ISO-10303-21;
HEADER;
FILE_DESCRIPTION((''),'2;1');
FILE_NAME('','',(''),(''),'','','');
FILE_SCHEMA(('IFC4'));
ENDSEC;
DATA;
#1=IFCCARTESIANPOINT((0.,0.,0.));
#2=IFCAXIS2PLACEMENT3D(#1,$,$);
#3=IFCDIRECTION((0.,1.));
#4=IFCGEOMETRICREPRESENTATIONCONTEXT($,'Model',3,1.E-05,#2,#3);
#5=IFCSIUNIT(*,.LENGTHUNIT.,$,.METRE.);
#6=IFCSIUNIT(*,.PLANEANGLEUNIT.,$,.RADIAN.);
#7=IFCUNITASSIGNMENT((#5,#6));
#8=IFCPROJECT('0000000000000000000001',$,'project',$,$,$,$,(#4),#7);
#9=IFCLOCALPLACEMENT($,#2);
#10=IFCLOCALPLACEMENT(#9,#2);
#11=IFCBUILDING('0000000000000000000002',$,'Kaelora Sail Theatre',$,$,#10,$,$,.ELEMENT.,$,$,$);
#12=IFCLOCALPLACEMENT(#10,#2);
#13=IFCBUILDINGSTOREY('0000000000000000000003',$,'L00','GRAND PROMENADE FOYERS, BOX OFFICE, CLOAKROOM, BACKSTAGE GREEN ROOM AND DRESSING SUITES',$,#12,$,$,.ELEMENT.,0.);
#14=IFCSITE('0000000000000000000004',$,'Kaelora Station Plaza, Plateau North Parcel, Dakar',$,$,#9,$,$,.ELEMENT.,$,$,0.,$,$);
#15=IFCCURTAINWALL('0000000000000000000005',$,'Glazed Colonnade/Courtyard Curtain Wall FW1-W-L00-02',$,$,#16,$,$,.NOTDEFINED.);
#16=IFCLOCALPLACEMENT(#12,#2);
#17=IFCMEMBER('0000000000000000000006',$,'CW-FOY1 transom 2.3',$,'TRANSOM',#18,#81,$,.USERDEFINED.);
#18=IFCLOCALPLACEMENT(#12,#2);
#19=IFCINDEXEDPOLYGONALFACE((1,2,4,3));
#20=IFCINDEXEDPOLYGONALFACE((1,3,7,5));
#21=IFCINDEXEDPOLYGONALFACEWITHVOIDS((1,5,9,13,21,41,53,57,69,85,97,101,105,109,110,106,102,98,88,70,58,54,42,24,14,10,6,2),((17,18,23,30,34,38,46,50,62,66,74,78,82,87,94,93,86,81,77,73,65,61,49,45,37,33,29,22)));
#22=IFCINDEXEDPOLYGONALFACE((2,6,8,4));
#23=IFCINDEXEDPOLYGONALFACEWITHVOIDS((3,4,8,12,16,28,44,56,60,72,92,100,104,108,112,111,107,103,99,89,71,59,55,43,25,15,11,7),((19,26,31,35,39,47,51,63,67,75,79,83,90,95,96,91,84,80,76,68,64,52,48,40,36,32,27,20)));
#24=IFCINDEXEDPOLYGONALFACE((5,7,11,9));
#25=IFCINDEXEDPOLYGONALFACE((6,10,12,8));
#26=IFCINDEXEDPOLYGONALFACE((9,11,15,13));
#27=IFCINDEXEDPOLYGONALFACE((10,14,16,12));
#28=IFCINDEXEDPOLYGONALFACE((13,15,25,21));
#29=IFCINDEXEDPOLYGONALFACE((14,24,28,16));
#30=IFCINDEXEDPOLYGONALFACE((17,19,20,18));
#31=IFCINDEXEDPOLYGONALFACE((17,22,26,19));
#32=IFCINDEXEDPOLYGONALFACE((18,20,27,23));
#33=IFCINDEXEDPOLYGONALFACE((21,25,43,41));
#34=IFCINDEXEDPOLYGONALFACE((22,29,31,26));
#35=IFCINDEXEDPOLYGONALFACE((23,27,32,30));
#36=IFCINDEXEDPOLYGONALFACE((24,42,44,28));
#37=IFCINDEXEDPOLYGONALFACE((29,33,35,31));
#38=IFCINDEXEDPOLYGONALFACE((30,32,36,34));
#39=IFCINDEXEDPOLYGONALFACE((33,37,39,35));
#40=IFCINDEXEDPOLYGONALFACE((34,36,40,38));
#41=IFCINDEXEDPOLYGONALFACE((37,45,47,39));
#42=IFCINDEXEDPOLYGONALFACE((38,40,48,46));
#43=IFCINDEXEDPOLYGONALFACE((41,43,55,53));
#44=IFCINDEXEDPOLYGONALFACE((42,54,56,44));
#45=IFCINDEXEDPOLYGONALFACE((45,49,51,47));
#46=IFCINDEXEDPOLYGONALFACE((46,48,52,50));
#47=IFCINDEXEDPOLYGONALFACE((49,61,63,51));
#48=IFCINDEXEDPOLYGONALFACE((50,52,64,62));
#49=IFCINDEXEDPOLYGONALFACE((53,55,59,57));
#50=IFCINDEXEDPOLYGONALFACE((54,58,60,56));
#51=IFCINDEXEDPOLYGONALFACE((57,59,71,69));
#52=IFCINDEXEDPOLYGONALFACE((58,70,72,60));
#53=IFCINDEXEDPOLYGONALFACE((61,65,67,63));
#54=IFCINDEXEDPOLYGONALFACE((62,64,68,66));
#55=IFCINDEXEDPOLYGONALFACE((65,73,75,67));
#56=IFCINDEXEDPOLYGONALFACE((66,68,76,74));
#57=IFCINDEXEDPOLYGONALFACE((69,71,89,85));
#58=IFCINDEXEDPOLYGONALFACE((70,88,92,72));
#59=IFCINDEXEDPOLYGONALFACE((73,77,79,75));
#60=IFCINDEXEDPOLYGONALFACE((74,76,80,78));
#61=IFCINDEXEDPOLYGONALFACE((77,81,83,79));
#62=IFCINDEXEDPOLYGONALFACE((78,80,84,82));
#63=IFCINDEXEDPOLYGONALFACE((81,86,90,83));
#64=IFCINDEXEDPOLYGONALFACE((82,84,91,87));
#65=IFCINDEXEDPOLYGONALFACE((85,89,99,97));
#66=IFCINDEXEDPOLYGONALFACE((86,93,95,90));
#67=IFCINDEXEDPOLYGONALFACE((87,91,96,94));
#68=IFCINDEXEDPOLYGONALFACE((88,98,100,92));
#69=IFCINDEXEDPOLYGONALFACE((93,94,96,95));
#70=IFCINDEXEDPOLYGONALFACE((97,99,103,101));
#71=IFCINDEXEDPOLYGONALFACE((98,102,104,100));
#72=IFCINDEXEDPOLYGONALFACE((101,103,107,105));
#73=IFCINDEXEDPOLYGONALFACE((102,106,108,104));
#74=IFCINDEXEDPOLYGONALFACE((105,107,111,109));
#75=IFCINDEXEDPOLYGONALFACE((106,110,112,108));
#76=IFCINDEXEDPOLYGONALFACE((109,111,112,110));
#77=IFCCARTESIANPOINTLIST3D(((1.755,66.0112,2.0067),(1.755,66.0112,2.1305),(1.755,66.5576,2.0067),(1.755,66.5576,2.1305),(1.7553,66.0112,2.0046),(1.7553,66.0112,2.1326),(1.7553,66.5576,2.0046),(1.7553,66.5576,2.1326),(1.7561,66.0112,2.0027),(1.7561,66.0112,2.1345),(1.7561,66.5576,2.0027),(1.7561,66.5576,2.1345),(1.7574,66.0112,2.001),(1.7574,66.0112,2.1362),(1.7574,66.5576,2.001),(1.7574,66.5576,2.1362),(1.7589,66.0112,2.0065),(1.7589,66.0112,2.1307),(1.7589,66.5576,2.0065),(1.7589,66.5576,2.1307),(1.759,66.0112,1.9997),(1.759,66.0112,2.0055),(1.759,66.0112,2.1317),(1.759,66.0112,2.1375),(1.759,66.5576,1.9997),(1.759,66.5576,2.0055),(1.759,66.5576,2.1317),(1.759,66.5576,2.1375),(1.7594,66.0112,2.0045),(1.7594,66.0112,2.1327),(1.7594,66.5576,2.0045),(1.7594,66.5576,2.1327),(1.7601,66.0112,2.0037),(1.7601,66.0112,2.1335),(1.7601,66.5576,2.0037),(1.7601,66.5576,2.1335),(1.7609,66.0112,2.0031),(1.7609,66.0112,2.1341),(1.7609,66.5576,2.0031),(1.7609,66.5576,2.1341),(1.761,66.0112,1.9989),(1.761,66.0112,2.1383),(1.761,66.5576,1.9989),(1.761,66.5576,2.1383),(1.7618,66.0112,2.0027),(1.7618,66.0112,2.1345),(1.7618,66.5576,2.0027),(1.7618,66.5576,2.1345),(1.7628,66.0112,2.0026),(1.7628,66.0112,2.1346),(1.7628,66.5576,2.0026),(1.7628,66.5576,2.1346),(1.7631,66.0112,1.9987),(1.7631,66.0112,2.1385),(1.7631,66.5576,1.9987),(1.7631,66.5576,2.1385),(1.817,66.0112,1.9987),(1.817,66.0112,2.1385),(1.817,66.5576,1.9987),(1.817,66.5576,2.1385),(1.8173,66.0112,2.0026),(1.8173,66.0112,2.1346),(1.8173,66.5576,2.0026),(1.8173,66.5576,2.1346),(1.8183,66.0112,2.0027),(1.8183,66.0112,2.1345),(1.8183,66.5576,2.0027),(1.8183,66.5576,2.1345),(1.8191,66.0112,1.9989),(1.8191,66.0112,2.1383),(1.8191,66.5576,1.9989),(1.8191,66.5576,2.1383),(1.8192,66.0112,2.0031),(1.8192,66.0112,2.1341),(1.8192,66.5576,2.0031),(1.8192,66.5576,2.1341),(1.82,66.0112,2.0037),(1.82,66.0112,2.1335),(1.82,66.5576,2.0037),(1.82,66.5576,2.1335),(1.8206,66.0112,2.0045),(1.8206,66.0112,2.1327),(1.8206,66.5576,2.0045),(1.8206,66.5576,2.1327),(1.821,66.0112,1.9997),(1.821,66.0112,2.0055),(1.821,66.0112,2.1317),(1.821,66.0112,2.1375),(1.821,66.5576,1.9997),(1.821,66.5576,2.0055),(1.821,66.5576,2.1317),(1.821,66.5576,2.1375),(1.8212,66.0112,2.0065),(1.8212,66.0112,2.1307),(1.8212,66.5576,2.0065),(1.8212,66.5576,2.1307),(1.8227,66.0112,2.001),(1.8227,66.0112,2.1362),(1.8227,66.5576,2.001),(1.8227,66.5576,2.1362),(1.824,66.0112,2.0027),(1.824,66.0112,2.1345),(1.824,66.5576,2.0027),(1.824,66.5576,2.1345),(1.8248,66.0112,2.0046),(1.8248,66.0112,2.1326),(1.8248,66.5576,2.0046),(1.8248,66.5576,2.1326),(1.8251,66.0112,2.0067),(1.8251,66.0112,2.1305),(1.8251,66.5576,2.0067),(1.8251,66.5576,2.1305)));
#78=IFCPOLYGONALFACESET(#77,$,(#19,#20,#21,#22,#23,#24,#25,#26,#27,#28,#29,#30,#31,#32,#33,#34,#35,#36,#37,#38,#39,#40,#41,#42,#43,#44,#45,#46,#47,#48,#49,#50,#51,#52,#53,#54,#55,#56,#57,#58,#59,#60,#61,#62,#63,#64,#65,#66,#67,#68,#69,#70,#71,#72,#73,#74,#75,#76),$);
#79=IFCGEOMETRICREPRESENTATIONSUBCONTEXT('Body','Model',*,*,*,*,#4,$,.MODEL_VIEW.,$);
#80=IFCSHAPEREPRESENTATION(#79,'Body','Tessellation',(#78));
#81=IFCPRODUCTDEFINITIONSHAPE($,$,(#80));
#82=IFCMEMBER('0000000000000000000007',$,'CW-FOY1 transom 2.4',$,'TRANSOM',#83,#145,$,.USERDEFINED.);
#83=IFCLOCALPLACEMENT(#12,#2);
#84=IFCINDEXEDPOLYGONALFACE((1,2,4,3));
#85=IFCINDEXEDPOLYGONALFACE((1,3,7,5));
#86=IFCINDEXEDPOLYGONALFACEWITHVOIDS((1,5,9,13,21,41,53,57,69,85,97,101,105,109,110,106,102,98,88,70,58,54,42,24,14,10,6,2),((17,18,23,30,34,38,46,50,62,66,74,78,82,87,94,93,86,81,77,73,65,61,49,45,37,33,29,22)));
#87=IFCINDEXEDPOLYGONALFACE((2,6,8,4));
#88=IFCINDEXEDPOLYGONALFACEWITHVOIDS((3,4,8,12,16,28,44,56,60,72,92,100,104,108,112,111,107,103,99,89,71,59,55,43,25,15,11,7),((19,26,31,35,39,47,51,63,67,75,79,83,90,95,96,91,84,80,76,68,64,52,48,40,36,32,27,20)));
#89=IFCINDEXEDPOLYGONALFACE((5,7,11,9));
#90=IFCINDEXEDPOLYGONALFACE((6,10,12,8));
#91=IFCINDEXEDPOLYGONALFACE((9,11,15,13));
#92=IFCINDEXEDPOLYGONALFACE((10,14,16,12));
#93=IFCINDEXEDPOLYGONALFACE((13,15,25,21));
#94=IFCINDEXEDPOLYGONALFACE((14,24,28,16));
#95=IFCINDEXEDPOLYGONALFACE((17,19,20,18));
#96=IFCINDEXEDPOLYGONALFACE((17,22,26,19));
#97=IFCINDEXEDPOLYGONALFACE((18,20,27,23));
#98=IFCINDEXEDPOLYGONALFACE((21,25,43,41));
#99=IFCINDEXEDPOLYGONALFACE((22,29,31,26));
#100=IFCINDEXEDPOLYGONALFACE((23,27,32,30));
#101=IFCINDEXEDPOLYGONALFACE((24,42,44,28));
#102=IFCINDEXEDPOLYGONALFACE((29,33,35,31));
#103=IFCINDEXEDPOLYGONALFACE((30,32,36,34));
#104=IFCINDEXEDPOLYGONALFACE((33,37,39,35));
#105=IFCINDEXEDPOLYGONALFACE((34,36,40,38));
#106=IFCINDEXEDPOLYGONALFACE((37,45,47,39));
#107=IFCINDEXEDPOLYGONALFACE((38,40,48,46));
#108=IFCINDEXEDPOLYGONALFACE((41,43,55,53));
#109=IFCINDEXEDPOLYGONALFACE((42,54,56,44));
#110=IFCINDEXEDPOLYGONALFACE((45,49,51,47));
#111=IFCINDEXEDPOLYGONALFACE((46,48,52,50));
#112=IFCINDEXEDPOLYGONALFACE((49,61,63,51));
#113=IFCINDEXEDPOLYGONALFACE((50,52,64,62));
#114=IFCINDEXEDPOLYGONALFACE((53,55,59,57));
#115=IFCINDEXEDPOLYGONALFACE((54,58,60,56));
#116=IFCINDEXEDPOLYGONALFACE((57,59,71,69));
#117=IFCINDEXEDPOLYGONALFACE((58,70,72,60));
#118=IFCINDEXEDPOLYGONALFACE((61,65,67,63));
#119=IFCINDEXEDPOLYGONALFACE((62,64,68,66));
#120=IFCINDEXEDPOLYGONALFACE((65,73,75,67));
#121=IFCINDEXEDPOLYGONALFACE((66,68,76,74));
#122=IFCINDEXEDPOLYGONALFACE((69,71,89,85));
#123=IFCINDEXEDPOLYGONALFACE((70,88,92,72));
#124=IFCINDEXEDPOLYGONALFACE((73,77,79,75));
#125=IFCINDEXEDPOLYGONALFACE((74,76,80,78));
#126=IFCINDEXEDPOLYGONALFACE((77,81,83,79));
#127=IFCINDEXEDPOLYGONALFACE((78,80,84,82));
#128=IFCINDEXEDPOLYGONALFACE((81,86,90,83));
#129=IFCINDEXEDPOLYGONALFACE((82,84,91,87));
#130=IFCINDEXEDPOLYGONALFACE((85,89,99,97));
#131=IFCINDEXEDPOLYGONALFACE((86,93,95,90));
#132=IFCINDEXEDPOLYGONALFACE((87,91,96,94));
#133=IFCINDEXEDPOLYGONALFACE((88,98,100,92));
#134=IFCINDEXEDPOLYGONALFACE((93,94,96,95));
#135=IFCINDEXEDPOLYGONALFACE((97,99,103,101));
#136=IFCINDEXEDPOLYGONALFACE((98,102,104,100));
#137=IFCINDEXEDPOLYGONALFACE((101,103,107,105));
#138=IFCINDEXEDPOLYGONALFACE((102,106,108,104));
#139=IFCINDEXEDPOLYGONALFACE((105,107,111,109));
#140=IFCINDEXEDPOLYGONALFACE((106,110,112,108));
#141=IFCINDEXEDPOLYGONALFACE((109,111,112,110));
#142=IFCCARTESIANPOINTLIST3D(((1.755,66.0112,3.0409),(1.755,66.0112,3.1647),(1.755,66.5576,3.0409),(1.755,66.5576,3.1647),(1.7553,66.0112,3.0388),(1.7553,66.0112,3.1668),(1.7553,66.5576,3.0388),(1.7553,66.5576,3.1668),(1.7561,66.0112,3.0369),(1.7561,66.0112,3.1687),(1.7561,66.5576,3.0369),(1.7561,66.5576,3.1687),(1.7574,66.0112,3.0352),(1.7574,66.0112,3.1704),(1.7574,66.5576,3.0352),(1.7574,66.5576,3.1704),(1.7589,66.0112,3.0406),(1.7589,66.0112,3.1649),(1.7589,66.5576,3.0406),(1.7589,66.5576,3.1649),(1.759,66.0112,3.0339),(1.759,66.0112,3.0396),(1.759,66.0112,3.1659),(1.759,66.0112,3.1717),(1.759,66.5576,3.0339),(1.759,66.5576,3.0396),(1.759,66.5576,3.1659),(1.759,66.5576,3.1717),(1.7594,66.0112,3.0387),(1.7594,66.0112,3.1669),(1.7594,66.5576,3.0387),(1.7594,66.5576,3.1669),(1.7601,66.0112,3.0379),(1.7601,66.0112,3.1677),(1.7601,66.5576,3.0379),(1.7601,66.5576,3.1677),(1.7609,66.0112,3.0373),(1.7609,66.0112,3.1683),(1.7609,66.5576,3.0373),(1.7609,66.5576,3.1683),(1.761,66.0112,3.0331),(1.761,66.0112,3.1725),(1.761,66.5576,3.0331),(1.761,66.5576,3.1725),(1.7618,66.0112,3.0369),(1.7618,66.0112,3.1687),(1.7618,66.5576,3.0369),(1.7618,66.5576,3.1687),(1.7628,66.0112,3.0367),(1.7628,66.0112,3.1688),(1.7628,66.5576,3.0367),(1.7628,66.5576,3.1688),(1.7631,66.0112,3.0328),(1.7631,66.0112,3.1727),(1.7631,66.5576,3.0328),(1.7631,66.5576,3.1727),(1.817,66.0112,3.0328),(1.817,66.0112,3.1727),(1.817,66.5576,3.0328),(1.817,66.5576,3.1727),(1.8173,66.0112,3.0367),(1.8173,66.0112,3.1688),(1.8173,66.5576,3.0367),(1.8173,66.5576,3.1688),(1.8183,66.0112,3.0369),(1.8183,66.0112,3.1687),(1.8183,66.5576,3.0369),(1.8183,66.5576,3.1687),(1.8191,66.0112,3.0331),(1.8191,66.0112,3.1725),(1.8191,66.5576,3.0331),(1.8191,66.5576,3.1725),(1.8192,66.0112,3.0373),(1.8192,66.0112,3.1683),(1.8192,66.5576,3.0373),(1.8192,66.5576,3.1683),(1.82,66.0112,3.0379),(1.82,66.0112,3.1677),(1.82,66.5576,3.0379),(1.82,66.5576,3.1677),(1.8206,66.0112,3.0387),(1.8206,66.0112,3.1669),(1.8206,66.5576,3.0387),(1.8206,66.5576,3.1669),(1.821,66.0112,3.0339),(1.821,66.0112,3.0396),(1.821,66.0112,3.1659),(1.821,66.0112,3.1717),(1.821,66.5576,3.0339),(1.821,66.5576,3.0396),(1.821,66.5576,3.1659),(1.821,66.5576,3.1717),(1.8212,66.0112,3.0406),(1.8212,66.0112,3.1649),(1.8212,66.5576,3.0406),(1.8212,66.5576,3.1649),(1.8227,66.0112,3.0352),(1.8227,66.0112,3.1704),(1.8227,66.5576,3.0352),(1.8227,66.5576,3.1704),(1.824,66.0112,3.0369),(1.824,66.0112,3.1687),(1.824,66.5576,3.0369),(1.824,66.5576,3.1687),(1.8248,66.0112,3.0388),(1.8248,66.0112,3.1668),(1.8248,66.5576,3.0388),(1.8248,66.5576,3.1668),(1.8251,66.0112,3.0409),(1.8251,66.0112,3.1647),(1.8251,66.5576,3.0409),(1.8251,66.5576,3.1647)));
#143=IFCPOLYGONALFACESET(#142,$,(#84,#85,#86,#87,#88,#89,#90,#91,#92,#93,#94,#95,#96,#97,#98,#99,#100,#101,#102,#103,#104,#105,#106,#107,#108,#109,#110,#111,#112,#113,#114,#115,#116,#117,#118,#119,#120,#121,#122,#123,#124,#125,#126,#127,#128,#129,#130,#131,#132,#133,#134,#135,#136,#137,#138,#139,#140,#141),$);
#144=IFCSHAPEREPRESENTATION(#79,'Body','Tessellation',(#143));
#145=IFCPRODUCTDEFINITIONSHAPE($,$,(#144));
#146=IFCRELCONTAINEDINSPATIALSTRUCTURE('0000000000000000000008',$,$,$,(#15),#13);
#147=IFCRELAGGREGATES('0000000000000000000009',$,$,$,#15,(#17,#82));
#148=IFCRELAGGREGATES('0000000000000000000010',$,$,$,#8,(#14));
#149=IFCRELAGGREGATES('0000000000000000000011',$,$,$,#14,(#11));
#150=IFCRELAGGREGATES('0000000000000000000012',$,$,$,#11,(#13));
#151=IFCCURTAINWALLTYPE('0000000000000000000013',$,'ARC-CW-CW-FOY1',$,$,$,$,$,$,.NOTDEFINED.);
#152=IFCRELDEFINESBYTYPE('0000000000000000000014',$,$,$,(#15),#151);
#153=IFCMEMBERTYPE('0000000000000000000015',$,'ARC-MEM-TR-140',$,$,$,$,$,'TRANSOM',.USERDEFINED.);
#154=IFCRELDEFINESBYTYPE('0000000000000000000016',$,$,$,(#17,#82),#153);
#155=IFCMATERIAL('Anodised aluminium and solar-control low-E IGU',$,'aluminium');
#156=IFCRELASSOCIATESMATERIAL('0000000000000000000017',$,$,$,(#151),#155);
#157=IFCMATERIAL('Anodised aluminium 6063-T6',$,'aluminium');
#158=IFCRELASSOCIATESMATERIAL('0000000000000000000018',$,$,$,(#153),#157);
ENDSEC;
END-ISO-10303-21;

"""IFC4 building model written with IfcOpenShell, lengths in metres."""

from ifc_helpers import new_model, si_unit, direction, frame, origin, origin_2d, place, context, subcontext, project, spatial, hollow_rectangle, extrude, material, material_profile, profile_set, type_object, element, aggregate, save


model = new_model("IFC4")

# Units and contexts
model_context = context("Model", 3, precision=1e-05, world=origin(), true_north=direction((0.0, 1.0)))
body_context = subcontext(model_context, "Body", "Model", "MODEL_VIEW")
ifc_project = project(units=[si_unit("LENGTHUNIT", "METRE"), si_unit("PLANEANGLEUNIT", "RADIAN")], contexts=[model_context])

# Site, building, storey
site_placement = place(None, origin())
site = spatial("IfcSite", under=ifc_project, at=site_placement, Name="Kaelora Station Plaza, Plateau North Parcel, Dakar", CompositionType="ELEMENT", RefElevation=0.0)
building_placement = place(site_placement, origin())
building = spatial("IfcBuilding", under=site, at=building_placement, Name="Kaelora Sail Theatre", CompositionType="ELEMENT")
storey_placement = place(building_placement, origin())
storey = spatial("IfcBuildingStorey", under=building, at=storey_placement, Name="L00", Description="GRAND PROMENADE FOYERS, BOX OFFICE, CLOAKROOM, BACKSTAGE GREEN ROOM AND DRESSING SUITES", CompositionType="ELEMENT", Elevation=0.0)

# Shared definitions
ifc_material_1 = material(Name="Anodised aluminium and solar-control low-E IGU", Category="aluminium")
curtain_wall_type = type_object("IfcCurtainWallType", Name="ARC-CW-CW-FOY1", PredefinedType="NOTDEFINED", material=ifc_material_1)
ifc_material_2 = material(Name="Anodised aluminium 6063-T6", Category="aluminium")
ifc_material_profile = material_profile(ifc_material_2, hollow_rectangle(XDim=0.0701, YDim=0.1399, WallThickness=0.0039, InnerFilletRadius=0.0039, OuterFilletRadius=0.0081, at=origin_2d()), Name="ALU-TRAN 70x140x4")
ifc_profile_set = profile_set([ifc_material_profile], Name="Anodised aluminium 6063-T6")
member_type = type_object("IfcMemberType", Name="ARC-MEM-TR-140", ElementType="TRANSOM", PredefinedType="USERDEFINED", material=ifc_profile_set)

# Curtain wall, members
curtain_wall_1_placement = place(storey_placement, origin())
curtain_wall_1 = element("IfcCurtainWall", 1, at=curtain_wall_1_placement, inside=storey, type_object=curtain_wall_type, Name="Glazed Colonnade/Courtyard Curtain Wall FW1-W-L00-02", PredefinedType="NOTDEFINED")
member_1_placement = place(storey_placement, frame((1.79, 66.0112, 2.0686), z_axis=(0.0, 1.0, 0.0), x_axis=(-1.0, 0.0, 0.0)))
member_1 = element("IfcMember", 2, at=member_1_placement, type_object=member_type, Name="CW-FOY1 transom 2.3", ObjectType="TRANSOM", PredefinedType="USERDEFINED", context=body_context, shape_type="SweptSolid", body=[
    extrude(hollow_rectangle(XDim=0.0701, YDim=0.1399, WallThickness=0.0039, InnerFilletRadius=0.0039, OuterFilletRadius=0.0081, at=origin_2d()), origin(), (0.0, 0.0, 1.0), 0.5464),
])
member_2_placement = place(storey_placement, frame((1.79, 66.0112, 3.1028), z_axis=(0.0, 1.0, 0.0), x_axis=(-1.0, 0.0, 0.0)))
member_2 = element("IfcMember", 3, at=member_2_placement, type_object=member_type, Name="CW-FOY1 transom 2.4", ObjectType="TRANSOM", PredefinedType="USERDEFINED", context=body_context, shape_type="SweptSolid", body=[
    extrude(hollow_rectangle(XDim=0.0701, YDim=0.1399, WallThickness=0.0039, InnerFilletRadius=0.0039, OuterFilletRadius=0.0081, at=origin_2d()), origin(), (0.0, 0.0, 1.0), 0.5464),
])

aggregate(curtain_wall_1, [member_1, member_2])

save(model, "model.ifc")
